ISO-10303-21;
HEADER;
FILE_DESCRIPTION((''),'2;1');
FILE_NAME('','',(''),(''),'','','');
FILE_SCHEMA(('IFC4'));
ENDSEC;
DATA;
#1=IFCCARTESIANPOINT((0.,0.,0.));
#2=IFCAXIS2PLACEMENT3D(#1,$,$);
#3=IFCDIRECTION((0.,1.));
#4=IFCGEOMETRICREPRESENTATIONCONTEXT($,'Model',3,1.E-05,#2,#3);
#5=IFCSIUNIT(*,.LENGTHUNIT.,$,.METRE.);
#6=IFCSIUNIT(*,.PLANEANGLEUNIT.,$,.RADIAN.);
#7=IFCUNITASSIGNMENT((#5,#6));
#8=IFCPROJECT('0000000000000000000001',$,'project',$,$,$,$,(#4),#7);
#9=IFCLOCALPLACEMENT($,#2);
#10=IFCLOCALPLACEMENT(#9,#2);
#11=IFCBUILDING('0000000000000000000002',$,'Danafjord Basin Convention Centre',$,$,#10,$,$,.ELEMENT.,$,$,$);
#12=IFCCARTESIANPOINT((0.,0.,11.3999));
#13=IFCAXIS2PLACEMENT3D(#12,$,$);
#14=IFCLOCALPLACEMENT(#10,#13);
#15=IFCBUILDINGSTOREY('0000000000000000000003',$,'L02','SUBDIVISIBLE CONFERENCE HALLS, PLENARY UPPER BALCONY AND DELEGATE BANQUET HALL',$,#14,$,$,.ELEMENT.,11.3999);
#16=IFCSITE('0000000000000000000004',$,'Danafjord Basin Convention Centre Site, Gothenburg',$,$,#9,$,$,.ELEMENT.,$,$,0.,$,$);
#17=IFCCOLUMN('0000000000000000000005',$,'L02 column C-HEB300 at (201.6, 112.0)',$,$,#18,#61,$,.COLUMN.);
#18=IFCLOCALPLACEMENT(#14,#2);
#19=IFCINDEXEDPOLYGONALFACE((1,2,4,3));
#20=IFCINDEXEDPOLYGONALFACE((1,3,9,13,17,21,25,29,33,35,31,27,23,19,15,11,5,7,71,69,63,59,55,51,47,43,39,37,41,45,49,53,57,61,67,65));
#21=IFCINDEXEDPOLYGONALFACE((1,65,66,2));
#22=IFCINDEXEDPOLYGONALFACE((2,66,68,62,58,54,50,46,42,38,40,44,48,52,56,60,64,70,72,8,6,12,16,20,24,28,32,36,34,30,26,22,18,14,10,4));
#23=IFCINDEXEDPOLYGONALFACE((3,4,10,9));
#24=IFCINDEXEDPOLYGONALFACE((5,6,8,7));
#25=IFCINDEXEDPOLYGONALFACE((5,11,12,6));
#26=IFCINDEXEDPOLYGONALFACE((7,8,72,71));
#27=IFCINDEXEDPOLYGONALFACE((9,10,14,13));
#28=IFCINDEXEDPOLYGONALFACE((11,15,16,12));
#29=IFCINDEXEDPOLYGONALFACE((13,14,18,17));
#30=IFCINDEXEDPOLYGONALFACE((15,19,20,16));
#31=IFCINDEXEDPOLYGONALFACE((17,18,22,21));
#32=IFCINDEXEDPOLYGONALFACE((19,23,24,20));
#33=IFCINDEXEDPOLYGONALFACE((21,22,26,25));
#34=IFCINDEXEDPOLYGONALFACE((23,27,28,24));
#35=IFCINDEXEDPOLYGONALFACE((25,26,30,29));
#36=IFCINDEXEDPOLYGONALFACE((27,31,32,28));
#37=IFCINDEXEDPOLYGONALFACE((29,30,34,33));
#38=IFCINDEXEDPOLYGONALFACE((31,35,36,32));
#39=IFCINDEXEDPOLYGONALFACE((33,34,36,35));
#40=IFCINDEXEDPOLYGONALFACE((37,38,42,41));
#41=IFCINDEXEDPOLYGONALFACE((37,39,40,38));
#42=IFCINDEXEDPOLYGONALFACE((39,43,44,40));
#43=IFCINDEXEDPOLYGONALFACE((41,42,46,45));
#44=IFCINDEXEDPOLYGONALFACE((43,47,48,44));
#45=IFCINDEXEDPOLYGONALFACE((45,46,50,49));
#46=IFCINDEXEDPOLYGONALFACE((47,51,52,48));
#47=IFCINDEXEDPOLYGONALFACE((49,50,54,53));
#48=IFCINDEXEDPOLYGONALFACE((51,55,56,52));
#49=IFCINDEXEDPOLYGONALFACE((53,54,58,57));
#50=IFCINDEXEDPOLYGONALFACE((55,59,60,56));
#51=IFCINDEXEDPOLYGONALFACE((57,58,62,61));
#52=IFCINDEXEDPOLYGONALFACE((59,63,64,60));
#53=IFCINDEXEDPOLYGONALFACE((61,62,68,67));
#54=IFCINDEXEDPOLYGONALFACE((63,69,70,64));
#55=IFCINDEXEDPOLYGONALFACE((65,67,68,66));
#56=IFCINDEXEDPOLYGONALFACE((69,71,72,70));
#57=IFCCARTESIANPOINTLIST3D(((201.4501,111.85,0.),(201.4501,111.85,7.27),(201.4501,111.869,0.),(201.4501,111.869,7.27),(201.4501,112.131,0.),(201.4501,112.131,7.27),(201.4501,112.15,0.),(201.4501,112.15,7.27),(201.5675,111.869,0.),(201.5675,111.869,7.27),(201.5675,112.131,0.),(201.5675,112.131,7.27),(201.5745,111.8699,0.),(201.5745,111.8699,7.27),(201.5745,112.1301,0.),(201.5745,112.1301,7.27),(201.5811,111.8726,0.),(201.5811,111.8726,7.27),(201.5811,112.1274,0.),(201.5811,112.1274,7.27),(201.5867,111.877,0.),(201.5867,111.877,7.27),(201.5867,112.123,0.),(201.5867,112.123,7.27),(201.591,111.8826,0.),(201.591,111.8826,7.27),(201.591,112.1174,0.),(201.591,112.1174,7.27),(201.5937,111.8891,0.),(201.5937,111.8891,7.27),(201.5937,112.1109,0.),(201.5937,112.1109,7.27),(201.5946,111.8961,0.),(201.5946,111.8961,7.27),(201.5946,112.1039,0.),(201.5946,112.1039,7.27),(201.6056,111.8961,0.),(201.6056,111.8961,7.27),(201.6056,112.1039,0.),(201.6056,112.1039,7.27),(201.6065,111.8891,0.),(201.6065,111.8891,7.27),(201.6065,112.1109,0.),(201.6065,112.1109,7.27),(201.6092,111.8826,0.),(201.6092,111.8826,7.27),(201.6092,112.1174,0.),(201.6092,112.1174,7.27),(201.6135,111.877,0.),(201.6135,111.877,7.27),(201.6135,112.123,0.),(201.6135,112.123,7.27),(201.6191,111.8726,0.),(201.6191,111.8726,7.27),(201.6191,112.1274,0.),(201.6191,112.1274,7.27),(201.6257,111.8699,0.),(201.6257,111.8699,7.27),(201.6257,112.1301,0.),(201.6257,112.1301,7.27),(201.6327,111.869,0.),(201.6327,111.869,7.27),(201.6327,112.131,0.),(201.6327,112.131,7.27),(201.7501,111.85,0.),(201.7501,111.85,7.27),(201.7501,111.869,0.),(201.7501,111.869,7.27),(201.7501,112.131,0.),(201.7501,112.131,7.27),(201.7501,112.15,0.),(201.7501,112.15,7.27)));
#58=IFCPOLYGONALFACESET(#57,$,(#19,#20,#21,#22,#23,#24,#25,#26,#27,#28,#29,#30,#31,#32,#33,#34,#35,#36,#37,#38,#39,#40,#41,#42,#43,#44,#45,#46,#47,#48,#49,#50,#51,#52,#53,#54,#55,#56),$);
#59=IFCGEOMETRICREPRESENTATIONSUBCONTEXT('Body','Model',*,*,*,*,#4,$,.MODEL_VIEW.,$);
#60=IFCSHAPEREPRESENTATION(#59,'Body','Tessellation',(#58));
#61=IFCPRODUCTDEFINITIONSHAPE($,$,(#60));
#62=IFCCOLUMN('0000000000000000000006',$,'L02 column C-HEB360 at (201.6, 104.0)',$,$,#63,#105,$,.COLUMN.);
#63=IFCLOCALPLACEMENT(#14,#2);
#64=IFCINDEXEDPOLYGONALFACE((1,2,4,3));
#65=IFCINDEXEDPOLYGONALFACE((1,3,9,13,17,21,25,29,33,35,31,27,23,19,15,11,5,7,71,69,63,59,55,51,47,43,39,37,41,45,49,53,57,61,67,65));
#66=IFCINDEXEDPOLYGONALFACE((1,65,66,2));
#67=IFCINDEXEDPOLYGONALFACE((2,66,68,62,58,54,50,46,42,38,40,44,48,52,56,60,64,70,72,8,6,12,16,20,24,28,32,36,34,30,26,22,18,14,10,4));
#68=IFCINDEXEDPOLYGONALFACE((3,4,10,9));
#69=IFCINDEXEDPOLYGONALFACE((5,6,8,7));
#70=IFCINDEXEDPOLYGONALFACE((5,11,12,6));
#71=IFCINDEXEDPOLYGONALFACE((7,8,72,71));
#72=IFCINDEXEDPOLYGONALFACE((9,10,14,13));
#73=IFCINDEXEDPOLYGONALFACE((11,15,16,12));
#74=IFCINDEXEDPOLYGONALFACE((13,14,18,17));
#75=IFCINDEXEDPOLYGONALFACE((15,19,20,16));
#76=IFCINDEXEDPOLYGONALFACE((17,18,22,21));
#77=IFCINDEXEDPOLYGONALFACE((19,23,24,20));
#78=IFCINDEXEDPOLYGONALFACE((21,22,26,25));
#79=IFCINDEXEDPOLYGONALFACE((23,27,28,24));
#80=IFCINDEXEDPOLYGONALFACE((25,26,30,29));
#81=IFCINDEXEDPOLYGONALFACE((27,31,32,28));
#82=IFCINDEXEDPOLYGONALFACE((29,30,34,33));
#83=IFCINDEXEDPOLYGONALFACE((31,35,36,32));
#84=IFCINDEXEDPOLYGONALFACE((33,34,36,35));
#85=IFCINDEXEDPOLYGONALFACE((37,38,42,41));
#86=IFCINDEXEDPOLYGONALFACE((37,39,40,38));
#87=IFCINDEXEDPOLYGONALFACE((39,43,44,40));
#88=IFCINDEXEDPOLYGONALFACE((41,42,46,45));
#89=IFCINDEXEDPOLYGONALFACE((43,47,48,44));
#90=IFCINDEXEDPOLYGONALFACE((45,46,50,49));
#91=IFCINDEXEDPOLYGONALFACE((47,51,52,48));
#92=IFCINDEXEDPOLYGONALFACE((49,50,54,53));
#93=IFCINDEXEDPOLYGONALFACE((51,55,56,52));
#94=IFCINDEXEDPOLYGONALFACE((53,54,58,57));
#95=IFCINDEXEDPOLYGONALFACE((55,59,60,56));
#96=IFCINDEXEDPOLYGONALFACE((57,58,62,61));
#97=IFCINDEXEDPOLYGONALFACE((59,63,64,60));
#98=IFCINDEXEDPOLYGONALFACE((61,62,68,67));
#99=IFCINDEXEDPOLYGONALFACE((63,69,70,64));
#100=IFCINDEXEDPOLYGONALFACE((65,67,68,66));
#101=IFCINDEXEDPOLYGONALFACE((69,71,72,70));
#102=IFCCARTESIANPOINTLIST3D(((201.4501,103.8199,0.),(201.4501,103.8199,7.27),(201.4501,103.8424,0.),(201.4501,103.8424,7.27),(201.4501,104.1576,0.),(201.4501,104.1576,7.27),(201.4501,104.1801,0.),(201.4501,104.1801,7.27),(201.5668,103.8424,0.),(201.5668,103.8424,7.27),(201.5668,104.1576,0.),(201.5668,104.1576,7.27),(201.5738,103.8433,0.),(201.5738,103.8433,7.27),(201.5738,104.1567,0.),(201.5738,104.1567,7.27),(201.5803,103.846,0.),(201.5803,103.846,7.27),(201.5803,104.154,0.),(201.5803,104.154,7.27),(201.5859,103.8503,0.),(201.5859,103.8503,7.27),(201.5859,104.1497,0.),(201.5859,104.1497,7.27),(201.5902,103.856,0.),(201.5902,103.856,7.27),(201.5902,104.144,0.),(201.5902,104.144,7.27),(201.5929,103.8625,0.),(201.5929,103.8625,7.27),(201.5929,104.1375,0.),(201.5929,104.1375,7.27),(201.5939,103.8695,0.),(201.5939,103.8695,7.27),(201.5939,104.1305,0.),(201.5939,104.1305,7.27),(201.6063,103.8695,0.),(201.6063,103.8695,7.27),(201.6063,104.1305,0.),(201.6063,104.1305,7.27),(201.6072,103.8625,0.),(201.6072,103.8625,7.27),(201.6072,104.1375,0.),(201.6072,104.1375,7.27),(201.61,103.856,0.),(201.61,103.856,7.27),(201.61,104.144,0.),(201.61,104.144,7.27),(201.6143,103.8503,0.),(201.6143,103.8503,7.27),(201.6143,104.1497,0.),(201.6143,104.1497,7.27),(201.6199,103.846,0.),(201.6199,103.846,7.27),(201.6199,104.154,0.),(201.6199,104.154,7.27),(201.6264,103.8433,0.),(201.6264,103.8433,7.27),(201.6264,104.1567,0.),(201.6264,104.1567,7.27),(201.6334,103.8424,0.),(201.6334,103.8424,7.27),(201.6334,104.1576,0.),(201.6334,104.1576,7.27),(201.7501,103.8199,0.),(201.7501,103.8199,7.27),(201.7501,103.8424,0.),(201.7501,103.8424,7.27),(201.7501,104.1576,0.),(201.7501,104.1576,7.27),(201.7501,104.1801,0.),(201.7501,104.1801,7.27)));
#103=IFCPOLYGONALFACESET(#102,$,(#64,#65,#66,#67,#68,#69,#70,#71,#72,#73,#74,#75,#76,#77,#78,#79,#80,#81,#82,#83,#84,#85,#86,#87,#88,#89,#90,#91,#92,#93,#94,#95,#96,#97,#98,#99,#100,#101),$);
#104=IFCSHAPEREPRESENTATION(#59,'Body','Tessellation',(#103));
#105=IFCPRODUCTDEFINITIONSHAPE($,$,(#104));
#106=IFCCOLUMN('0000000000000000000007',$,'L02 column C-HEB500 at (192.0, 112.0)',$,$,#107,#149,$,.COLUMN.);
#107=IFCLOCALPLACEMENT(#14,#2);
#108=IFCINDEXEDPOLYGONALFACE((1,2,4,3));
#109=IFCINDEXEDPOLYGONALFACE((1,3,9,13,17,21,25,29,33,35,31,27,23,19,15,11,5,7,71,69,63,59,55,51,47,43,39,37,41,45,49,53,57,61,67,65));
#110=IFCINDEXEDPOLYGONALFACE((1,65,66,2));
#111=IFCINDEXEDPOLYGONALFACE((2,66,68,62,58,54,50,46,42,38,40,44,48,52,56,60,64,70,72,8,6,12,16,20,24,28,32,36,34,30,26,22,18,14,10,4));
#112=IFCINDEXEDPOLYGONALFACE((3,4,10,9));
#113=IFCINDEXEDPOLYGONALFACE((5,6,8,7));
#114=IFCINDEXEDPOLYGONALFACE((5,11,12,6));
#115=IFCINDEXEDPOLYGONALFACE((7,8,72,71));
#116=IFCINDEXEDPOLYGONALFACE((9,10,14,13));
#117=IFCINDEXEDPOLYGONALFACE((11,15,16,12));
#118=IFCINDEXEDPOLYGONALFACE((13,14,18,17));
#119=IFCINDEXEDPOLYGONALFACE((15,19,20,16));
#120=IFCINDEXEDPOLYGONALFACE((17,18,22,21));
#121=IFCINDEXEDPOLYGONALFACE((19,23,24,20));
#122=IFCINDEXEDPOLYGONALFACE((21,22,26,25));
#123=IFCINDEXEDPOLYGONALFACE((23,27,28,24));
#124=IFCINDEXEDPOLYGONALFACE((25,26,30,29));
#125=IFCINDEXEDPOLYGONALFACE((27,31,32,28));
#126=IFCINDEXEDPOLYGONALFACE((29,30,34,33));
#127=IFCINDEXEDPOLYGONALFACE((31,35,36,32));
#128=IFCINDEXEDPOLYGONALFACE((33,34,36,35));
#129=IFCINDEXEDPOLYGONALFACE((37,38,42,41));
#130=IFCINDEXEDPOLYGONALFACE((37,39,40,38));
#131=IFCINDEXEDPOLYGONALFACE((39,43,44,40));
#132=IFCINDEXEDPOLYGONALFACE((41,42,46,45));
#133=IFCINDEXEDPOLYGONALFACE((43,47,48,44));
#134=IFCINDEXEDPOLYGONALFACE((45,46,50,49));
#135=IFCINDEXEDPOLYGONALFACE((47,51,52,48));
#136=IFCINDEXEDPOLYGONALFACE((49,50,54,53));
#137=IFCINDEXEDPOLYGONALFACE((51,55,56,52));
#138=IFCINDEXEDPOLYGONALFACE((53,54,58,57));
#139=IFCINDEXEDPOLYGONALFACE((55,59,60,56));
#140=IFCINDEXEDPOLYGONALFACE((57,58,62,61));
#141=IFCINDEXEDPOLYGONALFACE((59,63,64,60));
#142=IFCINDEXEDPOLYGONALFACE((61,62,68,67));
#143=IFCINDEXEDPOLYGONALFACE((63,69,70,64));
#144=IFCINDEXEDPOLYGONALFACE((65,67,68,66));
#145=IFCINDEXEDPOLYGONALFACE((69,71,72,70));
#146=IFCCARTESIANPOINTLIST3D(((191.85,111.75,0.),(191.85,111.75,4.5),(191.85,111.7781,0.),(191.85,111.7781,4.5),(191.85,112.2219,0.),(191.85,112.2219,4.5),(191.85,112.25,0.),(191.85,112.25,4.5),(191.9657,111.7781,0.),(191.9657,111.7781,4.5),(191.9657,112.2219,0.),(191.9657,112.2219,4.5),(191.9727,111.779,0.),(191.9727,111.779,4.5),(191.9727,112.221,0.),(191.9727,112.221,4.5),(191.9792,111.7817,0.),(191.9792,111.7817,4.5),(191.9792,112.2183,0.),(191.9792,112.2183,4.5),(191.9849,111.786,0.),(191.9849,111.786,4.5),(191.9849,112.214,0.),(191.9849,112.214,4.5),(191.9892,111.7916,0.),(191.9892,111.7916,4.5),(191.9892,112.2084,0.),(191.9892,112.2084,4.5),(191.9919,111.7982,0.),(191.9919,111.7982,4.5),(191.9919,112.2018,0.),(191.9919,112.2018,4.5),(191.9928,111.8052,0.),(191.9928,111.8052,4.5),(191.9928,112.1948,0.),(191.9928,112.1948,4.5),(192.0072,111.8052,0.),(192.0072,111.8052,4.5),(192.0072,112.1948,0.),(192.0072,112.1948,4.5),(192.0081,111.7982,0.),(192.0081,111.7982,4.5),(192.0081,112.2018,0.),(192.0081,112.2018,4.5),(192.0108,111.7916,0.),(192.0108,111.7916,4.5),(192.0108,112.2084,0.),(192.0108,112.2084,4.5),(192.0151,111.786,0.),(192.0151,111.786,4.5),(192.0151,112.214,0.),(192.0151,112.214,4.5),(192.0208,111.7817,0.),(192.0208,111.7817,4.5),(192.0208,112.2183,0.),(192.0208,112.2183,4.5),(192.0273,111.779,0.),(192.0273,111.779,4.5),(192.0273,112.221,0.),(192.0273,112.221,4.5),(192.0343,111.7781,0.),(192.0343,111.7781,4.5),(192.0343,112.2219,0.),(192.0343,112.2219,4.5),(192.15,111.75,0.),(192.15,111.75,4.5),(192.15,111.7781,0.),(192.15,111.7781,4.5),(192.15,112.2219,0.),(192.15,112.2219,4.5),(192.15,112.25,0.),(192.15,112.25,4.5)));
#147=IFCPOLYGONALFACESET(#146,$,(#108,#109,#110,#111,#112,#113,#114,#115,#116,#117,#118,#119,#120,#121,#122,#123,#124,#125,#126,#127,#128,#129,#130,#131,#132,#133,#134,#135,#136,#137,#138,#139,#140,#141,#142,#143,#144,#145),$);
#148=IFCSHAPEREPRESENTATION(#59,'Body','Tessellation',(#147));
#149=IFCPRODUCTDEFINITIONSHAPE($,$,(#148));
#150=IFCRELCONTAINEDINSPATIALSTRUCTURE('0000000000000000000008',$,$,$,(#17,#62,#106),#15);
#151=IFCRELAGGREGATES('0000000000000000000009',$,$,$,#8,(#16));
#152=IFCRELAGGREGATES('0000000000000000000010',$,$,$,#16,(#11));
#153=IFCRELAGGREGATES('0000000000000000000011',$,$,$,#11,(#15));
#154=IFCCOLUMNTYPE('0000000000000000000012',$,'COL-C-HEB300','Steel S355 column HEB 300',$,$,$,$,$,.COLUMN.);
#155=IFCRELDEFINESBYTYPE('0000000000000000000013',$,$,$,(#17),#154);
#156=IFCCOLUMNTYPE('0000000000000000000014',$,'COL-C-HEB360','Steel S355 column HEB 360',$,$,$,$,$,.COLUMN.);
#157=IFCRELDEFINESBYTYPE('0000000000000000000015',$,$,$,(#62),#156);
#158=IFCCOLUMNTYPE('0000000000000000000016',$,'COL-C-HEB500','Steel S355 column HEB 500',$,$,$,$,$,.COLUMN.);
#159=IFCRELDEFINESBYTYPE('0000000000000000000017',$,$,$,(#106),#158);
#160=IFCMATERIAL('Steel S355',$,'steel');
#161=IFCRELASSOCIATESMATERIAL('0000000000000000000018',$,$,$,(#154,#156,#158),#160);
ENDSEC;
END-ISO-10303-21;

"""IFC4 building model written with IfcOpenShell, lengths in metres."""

from ifc_helpers import new_model, si_unit, direction, frame, origin, origin_2d, place, context, subcontext, project, spatial, i_section, extrude, material, material_profile, profile_set, type_object, element, save


model = new_model("IFC4")

# Units and contexts
model_context = context("Model", 3, precision=1e-05, world=origin(), true_north=direction((0.0, 1.0)))
body_context = subcontext(model_context, "Body", "Model", "MODEL_VIEW")
ifc_project = project(units=[si_unit("LENGTHUNIT", "METRE"), si_unit("PLANEANGLEUNIT", "RADIAN")], contexts=[model_context])

# Site, building, storey
site_placement = place(None, origin())
site = spatial("IfcSite", under=ifc_project, at=site_placement, Name="Danafjord Basin Convention Centre Site, Gothenburg", CompositionType="ELEMENT", RefElevation=0.0)
building_placement = place(site_placement, origin())
building = spatial("IfcBuilding", under=site, at=building_placement, Name="Danafjord Basin Convention Centre", CompositionType="ELEMENT")
storey_placement = place(building_placement, frame((0.0, 0.0, 11.3999)))
storey = spatial("IfcBuildingStorey", under=building, at=storey_placement, Name="L02", Description="SUBDIVISIBLE CONFERENCE HALLS, PLENARY UPPER BALCONY AND DELEGATE BANQUET HALL", CompositionType="ELEMENT", Elevation=11.3999)

# Columns
ifc_material_1 = material(Name="Steel S355", Category="steel")
ifc_material_profile_1 = material_profile(ifc_material_1, i_section(OverallWidth=0.3, OverallDepth=0.3, WebThickness=0.011, FlangeThickness=0.019, FilletRadius=0.0271, at=origin_2d()), Name="HEB 300")
ifc_profile_set_1 = profile_set([ifc_material_profile_1], Name="Steel S355")
column_type_1 = type_object("IfcColumnType", Name="COL-C-HEB300", Description="Steel S355 column HEB 300", PredefinedType="COLUMN", material=ifc_profile_set_1)
column_1_placement = place(storey_placement, frame((201.6001, 112.0, 0.0), z_axis=(0.0, 0.0, 1.0), x_axis=(1.0, 0.0, 0.0)))
element("IfcColumn", 1, at=column_1_placement, inside=storey, type_object=column_type_1, Name="L02 column C-HEB300 at (201.6, 112.0)", PredefinedType="COLUMN", context=body_context, shape_type="SweptSolid", body=[
    extrude(i_section(OverallWidth=0.3, OverallDepth=0.3, WebThickness=0.011, FlangeThickness=0.019, FilletRadius=0.0271, at=origin_2d()), origin(), (0.0, 0.0, 1.0), 7.27),
])
ifc_material_profile_2 = material_profile(ifc_material_1, i_section(OverallWidth=0.3, OverallDepth=0.3601, WebThickness=0.0125, FlangeThickness=0.0225, FilletRadius=0.0271, at=origin_2d()), Name="HEB 360")
ifc_profile_set_2 = profile_set([ifc_material_profile_2], Name="Steel S355")
column_type_2 = type_object("IfcColumnType", Name="COL-C-HEB360", Description="Steel S355 column HEB 360", PredefinedType="COLUMN", material=ifc_profile_set_2)
column_2_placement = place(storey_placement, frame((201.6001, 104.0, 0.0), z_axis=(0.0, 0.0, 1.0), x_axis=(1.0, 0.0, 0.0)))
element("IfcColumn", 2, at=column_2_placement, inside=storey, type_object=column_type_2, Name="L02 column C-HEB360 at (201.6, 104.0)", PredefinedType="COLUMN", context=body_context, shape_type="SweptSolid", body=[
    extrude(i_section(OverallWidth=0.3, OverallDepth=0.3601, WebThickness=0.0125, FlangeThickness=0.0225, FilletRadius=0.0271, at=origin_2d()), origin(), (0.0, 0.0, 1.0), 7.27),
])
ifc_material_profile_3 = material_profile(ifc_material_1, i_section(OverallWidth=0.3, OverallDepth=0.5, WebThickness=0.0144, FlangeThickness=0.0281, FilletRadius=0.0271, at=origin_2d()), Name="HEB 500")
ifc_profile_set_3 = profile_set([ifc_material_profile_3], Name="Steel S355")
column_type_3 = type_object("IfcColumnType", Name="COL-C-HEB500", Description="Steel S355 column HEB 500", PredefinedType="COLUMN", material=ifc_profile_set_3)
column_3_placement = place(storey_placement, frame((192.0, 112.0, 0.0), z_axis=(0.0, 0.0, 1.0), x_axis=(1.0, 0.0, 0.0)))
element("IfcColumn", 3, at=column_3_placement, inside=storey, type_object=column_type_3, Name="L02 column C-HEB500 at (192.0, 112.0)", PredefinedType="COLUMN", context=body_context, shape_type="SweptSolid", body=[
    extrude(i_section(OverallWidth=0.3, OverallDepth=0.5, WebThickness=0.0144, FlangeThickness=0.0281, FilletRadius=0.0271, at=origin_2d()), origin(), (0.0, 0.0, 1.0), 4.5),
])

save(model, "model.ifc")
